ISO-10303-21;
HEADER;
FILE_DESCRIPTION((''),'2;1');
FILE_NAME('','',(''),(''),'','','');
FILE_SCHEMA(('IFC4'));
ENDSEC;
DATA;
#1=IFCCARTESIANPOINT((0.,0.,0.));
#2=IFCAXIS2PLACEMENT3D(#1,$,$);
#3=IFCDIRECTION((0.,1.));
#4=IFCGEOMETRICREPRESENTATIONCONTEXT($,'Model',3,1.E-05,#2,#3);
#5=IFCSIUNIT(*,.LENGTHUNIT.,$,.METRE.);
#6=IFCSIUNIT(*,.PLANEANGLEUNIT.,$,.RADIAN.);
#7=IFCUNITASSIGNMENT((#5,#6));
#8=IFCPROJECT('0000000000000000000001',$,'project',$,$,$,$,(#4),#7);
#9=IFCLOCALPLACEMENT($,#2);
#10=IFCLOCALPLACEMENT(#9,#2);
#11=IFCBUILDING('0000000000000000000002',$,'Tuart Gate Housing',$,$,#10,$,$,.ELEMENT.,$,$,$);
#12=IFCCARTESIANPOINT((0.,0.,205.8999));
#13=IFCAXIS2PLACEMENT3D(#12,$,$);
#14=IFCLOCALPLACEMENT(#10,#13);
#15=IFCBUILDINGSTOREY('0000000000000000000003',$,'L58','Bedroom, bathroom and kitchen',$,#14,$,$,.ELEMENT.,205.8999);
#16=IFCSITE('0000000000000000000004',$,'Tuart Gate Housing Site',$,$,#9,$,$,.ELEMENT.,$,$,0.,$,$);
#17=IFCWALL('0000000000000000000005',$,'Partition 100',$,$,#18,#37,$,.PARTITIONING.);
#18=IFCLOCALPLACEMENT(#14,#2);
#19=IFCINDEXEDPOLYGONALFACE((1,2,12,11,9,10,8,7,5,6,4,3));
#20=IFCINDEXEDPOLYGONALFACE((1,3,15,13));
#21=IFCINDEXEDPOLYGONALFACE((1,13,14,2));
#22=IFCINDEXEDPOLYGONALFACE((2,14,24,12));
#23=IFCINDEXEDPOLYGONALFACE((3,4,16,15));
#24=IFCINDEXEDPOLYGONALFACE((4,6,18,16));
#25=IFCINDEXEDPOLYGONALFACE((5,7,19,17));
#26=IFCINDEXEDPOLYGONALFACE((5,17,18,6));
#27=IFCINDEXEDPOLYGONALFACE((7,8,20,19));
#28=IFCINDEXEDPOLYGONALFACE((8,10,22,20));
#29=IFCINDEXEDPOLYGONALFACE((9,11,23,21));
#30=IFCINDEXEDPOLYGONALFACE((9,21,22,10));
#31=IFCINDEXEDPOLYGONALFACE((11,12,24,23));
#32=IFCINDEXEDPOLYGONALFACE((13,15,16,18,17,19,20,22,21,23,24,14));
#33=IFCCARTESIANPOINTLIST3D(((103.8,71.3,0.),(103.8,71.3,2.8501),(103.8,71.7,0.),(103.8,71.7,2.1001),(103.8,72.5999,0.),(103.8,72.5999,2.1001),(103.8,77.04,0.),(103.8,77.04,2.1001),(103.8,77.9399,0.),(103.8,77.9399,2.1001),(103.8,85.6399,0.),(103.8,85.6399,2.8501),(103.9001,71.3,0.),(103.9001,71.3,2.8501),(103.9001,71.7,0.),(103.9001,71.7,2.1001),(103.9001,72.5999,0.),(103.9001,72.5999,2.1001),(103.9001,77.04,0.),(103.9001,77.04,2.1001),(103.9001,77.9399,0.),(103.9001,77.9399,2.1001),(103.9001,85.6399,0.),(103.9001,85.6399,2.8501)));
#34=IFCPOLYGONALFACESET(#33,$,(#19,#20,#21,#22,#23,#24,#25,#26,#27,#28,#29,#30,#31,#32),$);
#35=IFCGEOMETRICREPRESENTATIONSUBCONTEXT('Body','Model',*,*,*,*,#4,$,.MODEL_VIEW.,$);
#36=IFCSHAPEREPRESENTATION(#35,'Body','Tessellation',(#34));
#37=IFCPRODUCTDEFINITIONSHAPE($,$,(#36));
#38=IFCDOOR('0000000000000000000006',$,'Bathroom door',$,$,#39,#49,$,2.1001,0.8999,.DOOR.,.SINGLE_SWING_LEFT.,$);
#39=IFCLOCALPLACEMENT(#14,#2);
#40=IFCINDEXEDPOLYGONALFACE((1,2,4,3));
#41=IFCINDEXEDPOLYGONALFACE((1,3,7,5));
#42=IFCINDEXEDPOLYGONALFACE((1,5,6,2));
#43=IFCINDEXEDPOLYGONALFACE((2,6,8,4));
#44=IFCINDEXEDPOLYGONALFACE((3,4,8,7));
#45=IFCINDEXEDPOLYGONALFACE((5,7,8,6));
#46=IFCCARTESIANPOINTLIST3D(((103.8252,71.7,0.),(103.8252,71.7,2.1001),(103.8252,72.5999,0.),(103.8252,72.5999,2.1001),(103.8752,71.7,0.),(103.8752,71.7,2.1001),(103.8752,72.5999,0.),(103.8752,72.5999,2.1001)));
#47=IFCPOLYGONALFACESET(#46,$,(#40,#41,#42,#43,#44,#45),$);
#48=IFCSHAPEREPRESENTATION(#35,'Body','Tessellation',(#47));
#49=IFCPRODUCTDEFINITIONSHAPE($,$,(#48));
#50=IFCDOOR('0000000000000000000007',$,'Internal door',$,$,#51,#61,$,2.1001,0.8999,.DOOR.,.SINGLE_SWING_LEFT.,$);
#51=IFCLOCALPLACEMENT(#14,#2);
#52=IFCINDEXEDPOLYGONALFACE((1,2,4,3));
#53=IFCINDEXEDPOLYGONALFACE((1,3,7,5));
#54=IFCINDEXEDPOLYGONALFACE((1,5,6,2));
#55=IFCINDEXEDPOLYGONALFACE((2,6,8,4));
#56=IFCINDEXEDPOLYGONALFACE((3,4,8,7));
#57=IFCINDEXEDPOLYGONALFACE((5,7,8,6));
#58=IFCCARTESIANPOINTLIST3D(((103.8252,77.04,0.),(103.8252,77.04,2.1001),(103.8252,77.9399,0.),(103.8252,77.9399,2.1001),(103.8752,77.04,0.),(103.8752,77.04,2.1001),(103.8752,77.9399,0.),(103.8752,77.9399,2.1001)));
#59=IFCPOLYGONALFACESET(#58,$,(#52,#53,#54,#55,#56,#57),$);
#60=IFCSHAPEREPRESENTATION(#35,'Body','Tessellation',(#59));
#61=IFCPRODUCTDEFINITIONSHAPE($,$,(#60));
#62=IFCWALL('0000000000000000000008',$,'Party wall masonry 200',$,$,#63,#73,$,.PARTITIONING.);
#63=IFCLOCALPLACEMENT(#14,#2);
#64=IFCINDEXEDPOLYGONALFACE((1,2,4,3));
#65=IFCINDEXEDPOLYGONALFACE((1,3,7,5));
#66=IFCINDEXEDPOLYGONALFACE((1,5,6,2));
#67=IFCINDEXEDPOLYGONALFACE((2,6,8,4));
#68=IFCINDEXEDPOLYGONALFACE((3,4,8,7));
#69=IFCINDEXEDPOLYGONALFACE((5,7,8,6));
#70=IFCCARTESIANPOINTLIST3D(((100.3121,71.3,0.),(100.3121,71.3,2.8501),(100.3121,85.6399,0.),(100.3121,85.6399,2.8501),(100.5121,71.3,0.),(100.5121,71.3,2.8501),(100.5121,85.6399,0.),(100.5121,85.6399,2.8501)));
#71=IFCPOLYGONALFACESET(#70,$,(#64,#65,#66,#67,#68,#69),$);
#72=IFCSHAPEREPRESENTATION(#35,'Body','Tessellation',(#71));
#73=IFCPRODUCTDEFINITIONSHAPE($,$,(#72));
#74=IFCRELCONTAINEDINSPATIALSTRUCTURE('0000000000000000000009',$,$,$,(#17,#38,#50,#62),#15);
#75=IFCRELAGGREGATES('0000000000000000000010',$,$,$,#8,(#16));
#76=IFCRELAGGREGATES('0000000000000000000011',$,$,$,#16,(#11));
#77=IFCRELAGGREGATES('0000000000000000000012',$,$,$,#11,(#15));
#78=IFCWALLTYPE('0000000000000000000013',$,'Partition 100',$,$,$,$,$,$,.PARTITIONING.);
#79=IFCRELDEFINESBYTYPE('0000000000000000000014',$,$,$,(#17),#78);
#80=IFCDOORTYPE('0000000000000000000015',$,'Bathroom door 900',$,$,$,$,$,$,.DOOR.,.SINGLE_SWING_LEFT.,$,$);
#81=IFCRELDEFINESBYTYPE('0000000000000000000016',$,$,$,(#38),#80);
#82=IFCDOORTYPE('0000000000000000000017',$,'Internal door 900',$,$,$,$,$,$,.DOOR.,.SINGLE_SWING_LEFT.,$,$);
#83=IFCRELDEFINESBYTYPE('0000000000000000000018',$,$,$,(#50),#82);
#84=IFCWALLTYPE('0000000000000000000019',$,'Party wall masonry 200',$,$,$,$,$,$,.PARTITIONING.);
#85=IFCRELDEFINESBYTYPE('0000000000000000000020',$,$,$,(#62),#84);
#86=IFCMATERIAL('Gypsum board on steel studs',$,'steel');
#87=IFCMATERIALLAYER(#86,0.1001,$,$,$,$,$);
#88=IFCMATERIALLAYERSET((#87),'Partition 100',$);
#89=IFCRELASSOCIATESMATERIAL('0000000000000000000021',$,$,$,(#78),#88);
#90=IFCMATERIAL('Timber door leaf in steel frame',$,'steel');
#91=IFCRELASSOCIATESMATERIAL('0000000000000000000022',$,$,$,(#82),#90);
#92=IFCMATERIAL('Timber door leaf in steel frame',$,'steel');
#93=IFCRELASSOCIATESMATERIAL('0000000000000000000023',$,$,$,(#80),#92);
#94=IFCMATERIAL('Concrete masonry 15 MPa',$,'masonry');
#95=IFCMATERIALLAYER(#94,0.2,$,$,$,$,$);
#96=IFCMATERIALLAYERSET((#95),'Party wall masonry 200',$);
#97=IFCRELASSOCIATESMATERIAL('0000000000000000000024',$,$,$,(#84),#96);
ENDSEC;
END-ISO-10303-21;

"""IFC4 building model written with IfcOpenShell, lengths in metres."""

from ifc_helpers import new_model, si_unit, direction, frame, frame_2d, origin, place, context, subcontext, project, spatial, rectangle, extrude, material, layer, layer_set, type_object, element, fill, save


model = new_model("IFC4")

# Units and contexts
model_context = context("Model", 3, precision=1e-05, world=origin(), true_north=direction((0.0, 1.0)))
body_context = subcontext(model_context, "Body", "Model", "MODEL_VIEW")
ifc_project = project(units=[si_unit("LENGTHUNIT", "METRE"), si_unit("PLANEANGLEUNIT", "RADIAN")], contexts=[model_context])

# Site, building, storey
site_placement = place(None, origin())
site = spatial("IfcSite", under=ifc_project, at=site_placement, Name="Tuart Gate Housing Site", CompositionType="ELEMENT", RefElevation=0.0)
building_placement = place(site_placement, origin())
building = spatial("IfcBuilding", under=site, at=building_placement, Name="Tuart Gate Housing", CompositionType="ELEMENT")
storey_placement = place(building_placement, frame((0.0, 0.0, 205.8999)))
storey = spatial("IfcBuildingStorey", under=building, at=storey_placement, Name="L58", Description="Bedroom, bathroom and kitchen", CompositionType="ELEMENT", Elevation=205.8999)

# Shared definitions
ifc_material_1 = material(Name="Gypsum board on steel studs", Category="steel")
ifc_layer_1 = layer(ifc_material_1, 0.1001)
ifc_layer_set_1 = layer_set([ifc_layer_1], Name="Partition 100")
wall_type_1 = type_object("IfcWallType", Name="Partition 100", PredefinedType="PARTITIONING", material=ifc_layer_set_1)

# Wall, openings, doors
ifc_material_2 = material(Name="Timber door leaf in steel frame", Category="steel")
door_type_1 = type_object("IfcDoorType", Name="Internal door 900", OperationType="SINGLE_SWING_LEFT", PredefinedType="DOOR", material=ifc_material_2)
wall_1_placement = place(storey_placement, frame((103.8501, 71.3, 0.0), z_axis=(0.0, 0.0, 1.0), x_axis=(0.0, 1.0, 0.0)))
wall_1 = element("IfcWall", 1, at=wall_1_placement, inside=storey, type_object=wall_type_1, Name="Partition 100", PredefinedType="PARTITIONING", context=body_context, shape_type="SweptSolid", body=[
    extrude(rectangle(XDim=14.3398, YDim=0.1001, at=frame_2d((7.1699, 0.0))), origin(), (0.0, 0.0, 1.0), 2.8501),
])
opening_1_placement = place(wall_1_placement, frame((5.74, 0.0, 0.0)))
opening_1 = element("IfcOpeningElement", 2, at=opening_1_placement, cuts=wall_1, PredefinedType="OPENING", context=body_context, shape_type="SweptSolid", body=[
    extrude(rectangle(XDim=0.8999, YDim=2.1001, at=frame_2d((0.45, 1.05))), frame((0.0, 0.0601, 0.0), z_axis=(0.0, -1.0, 0.0), x_axis=(1.0, 0.0, 0.0)), (0.0, 0.0, 1.0), 0.1201),
])
opening_2_placement = place(wall_1_placement, frame((0.3999, 0.0, 0.0)))
opening_2 = element("IfcOpeningElement", 3, at=opening_2_placement, cuts=wall_1, PredefinedType="OPENING", context=body_context, shape_type="SweptSolid", body=[
    extrude(rectangle(XDim=0.8999, YDim=2.1001, at=frame_2d((0.45, 1.05))), frame((0.0, 0.0601, 0.0), z_axis=(0.0, -1.0, 0.0), x_axis=(1.0, 0.0, 0.0)), (0.0, 0.0, 1.0), 0.1201),
])
ifc_material_3 = material(Name="Timber door leaf in steel frame", Category="steel")
door_type_2 = type_object("IfcDoorType", Name="Bathroom door 900", OperationType="SINGLE_SWING_LEFT", PredefinedType="DOOR", material=ifc_material_3)
door_1_placement = place(opening_2_placement, origin())
door_1 = element("IfcDoor", 4, at=door_1_placement, inside=storey, type_object=door_type_2, Name="Bathroom door", OperationType="SINGLE_SWING_LEFT", OverallHeight=2.1001, OverallWidth=0.8999, PredefinedType="DOOR", context=body_context, shape_type="SweptSolid", body=[
    extrude(rectangle(XDim=0.8999, YDim=2.1001, at=frame_2d((0.45, 1.05))), frame((0.0, 0.0249, 0.0), z_axis=(0.0, -1.0, 0.0), x_axis=(1.0, 0.0, 0.0)), (0.0, 0.0, 1.0), 0.05),
])
fill(opening_2, door_1)
door_2_placement = place(opening_1_placement, origin())
door_2 = element("IfcDoor", 5, at=door_2_placement, inside=storey, type_object=door_type_1, Name="Internal door", OperationType="SINGLE_SWING_LEFT", OverallHeight=2.1001, OverallWidth=0.8999, PredefinedType="DOOR", context=body_context, shape_type="SweptSolid", body=[
    extrude(rectangle(XDim=0.8999, YDim=2.1001, at=frame_2d((0.45, 1.05))), frame((0.0, 0.0249, 0.0), z_axis=(0.0, -1.0, 0.0), x_axis=(1.0, 0.0, 0.0)), (0.0, 0.0, 1.0), 0.05),
])
fill(opening_1, door_2)

# Wall
ifc_material_4 = material(Name="Concrete masonry 15 MPa", Category="masonry")
ifc_layer_2 = layer(ifc_material_4, 0.2)
ifc_layer_set_2 = layer_set([ifc_layer_2], Name="Party wall masonry 200")
wall_type_2 = type_object("IfcWallType", Name="Party wall masonry 200", PredefinedType="PARTITIONING", material=ifc_layer_set_2)
wall_2_placement = place(storey_placement, frame((100.4121, 71.3, 0.0), z_axis=(0.0, 0.0, 1.0), x_axis=(0.0, 1.0, 0.0)))
element("IfcWall", 6, at=wall_2_placement, inside=storey, type_object=wall_type_2, Name="Party wall masonry 200", PredefinedType="PARTITIONING", context=body_context, shape_type="SweptSolid", body=[
    extrude(rectangle(XDim=14.3398, YDim=0.2, at=frame_2d((7.1699, 0.0))), origin(), (0.0, 0.0, 1.0), 2.8501),
])

save(model, "model.ifc")
